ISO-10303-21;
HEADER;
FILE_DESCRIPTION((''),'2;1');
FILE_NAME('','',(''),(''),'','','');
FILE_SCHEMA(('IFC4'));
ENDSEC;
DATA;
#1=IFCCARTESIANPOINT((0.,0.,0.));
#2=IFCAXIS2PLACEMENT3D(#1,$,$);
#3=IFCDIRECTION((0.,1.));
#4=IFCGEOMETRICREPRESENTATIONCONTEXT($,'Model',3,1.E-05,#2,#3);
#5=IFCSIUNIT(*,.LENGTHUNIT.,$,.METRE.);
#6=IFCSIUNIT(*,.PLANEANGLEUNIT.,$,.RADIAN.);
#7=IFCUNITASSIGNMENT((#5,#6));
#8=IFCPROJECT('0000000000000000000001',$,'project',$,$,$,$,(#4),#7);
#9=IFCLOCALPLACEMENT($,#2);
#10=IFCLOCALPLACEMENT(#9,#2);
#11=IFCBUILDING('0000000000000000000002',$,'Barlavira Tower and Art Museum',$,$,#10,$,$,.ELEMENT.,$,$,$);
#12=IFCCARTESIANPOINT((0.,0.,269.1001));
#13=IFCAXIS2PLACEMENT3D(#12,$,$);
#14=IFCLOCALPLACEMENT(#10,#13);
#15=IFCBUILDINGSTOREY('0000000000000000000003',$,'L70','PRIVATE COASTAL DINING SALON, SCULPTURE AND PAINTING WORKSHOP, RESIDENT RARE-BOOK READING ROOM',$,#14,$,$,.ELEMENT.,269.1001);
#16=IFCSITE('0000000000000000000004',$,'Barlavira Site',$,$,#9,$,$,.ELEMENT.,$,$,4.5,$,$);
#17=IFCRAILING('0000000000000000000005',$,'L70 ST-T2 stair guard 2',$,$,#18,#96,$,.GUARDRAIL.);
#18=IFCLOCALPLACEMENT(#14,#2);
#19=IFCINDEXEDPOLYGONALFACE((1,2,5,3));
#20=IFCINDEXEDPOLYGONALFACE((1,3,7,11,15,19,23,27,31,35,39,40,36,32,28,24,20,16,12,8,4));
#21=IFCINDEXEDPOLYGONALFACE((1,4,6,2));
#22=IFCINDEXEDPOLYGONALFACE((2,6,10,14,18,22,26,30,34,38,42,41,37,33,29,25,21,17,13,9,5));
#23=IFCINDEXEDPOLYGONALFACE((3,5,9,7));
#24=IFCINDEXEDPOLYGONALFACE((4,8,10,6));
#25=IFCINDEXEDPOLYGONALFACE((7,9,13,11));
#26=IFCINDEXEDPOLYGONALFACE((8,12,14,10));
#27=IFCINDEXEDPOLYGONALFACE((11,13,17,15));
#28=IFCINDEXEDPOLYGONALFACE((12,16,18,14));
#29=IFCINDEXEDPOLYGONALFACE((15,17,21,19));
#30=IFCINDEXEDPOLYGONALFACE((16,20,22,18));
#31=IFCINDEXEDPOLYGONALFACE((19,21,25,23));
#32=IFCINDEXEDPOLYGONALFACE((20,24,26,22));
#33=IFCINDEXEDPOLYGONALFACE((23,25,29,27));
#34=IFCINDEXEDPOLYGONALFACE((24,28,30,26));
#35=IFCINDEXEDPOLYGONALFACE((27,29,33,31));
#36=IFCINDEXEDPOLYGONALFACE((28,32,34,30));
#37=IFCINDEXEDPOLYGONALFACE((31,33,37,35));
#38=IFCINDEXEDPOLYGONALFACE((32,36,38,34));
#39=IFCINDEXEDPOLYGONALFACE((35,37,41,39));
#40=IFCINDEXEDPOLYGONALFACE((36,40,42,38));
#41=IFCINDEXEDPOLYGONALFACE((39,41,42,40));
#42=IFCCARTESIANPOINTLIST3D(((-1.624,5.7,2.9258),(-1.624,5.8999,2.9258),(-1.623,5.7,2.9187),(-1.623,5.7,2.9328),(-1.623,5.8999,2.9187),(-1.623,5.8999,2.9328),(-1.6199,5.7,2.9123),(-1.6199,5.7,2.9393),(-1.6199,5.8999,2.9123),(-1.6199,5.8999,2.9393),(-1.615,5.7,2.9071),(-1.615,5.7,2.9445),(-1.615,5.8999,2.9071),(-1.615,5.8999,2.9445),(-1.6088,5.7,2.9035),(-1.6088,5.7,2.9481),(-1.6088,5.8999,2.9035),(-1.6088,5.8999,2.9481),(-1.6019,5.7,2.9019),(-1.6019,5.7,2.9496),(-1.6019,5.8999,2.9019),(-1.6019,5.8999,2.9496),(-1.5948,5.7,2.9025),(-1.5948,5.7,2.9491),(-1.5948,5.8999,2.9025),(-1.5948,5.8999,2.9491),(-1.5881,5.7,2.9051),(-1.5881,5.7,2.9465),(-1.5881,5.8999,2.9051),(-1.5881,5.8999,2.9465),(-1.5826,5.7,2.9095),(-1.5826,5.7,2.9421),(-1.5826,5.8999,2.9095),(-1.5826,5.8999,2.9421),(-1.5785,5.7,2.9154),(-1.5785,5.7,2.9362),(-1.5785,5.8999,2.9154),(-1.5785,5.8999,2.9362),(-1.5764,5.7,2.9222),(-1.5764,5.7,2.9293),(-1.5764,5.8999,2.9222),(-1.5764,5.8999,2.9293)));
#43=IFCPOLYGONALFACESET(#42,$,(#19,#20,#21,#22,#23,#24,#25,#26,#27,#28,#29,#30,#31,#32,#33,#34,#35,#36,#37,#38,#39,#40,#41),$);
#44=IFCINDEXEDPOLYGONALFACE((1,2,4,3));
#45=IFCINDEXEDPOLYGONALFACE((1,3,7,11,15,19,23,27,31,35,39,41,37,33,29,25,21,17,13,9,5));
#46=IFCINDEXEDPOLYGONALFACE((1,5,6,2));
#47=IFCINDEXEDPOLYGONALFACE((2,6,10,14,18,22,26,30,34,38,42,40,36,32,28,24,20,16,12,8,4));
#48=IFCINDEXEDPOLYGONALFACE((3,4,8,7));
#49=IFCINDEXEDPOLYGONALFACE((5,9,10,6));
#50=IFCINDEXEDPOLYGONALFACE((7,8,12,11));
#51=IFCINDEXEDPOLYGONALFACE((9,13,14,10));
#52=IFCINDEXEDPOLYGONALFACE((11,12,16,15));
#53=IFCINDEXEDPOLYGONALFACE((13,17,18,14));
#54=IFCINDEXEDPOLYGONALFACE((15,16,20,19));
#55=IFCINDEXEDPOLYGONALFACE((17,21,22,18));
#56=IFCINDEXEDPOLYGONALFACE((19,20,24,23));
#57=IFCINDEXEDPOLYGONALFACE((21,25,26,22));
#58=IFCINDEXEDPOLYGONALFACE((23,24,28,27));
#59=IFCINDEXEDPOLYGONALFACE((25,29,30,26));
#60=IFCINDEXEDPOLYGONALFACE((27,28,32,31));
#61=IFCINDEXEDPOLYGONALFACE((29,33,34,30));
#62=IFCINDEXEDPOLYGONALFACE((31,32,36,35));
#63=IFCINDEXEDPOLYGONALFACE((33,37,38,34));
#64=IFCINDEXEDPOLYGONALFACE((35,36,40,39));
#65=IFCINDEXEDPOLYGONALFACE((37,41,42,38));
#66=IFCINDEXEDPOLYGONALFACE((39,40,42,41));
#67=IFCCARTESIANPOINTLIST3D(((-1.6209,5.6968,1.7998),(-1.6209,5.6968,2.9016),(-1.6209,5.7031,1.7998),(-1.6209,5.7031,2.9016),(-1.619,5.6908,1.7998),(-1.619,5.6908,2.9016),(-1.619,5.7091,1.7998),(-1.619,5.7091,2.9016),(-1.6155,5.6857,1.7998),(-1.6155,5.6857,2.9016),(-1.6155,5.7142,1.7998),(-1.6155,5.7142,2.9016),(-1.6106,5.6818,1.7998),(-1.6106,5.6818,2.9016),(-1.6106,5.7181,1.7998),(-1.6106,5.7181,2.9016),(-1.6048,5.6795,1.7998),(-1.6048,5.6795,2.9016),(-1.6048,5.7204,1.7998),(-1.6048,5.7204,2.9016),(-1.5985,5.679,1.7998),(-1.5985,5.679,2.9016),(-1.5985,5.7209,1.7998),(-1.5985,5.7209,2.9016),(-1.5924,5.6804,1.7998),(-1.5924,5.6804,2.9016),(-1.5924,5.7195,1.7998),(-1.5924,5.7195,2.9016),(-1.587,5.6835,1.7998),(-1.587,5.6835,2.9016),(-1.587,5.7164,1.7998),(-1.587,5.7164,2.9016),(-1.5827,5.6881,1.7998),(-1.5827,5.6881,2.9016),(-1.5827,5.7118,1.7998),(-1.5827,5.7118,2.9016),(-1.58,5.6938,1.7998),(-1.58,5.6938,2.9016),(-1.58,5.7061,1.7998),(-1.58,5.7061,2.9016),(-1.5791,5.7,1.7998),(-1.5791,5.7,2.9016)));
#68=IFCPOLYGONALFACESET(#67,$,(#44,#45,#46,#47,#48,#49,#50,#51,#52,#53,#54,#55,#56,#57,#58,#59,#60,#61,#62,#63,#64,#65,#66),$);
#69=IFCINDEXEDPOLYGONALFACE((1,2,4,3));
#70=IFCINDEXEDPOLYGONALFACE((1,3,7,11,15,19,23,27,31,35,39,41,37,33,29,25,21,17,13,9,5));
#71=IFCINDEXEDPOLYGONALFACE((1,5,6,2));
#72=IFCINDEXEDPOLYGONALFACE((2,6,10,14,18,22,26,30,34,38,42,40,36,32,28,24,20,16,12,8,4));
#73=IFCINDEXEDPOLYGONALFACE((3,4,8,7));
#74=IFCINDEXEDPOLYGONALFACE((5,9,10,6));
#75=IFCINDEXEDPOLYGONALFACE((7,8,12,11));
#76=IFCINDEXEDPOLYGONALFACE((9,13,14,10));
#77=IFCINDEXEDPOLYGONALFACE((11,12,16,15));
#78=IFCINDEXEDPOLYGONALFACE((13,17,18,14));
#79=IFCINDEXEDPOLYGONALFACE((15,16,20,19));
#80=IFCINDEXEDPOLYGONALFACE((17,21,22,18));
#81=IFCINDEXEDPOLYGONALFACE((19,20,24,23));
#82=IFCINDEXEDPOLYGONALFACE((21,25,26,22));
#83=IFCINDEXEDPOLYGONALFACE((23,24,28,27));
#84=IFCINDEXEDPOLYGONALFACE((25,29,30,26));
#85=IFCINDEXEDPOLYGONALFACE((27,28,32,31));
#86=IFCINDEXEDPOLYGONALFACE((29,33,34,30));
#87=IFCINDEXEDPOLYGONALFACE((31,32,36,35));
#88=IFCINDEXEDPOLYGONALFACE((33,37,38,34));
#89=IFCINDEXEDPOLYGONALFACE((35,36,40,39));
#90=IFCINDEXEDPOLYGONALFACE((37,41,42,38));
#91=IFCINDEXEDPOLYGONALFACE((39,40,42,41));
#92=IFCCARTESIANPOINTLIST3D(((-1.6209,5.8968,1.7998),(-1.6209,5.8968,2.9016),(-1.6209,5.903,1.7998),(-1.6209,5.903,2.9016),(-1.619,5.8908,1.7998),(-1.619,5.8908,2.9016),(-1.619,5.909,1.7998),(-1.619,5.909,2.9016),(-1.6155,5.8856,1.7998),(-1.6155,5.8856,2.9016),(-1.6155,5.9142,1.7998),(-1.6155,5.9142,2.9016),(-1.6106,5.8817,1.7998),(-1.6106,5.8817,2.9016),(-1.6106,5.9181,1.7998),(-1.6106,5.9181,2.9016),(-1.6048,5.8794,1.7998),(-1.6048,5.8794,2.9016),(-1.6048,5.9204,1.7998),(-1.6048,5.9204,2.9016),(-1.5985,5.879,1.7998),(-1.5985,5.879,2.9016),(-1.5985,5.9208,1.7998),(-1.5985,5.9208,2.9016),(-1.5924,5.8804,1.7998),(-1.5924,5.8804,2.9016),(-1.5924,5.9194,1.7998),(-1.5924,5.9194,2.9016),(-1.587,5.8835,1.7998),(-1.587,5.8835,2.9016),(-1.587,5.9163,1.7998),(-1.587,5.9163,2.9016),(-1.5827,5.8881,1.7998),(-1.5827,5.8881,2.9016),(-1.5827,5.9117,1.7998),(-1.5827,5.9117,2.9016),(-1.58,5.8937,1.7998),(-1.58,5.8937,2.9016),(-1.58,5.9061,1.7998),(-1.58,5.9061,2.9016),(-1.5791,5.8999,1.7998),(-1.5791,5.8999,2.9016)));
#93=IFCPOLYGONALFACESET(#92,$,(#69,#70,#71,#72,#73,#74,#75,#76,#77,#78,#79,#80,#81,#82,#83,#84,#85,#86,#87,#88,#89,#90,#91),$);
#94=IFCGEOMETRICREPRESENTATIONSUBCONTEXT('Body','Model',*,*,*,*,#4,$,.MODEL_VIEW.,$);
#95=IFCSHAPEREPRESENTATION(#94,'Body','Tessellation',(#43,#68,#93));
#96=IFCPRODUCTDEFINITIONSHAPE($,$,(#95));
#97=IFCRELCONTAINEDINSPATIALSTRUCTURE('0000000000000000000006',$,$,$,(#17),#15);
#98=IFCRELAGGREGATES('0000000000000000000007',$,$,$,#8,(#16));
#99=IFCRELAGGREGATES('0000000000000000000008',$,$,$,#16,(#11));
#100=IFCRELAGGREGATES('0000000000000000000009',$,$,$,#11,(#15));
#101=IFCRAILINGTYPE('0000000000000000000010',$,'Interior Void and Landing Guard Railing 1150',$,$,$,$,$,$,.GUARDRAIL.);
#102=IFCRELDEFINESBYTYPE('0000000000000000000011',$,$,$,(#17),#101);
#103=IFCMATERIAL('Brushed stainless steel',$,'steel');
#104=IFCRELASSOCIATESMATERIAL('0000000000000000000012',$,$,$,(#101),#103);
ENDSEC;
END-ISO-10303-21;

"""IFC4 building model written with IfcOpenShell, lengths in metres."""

from ifc_helpers import new_model, si_unit, direction, frame, origin, origin_2d, place, context, subcontext, project, spatial, circle, extrude, material, type_object, element, save


model = new_model("IFC4")

# Units and contexts
model_context = context("Model", 3, precision=1e-05, world=origin(), true_north=direction((0.0, 1.0)))
body_context = subcontext(model_context, "Body", "Model", "MODEL_VIEW")
ifc_project = project(units=[si_unit("LENGTHUNIT", "METRE"), si_unit("PLANEANGLEUNIT", "RADIAN")], contexts=[model_context])

# Site, building, storey
site_placement = place(None, origin())
site = spatial("IfcSite", under=ifc_project, at=site_placement, Name="Barlavira Site", CompositionType="ELEMENT", RefElevation=4.5)
building_placement = place(site_placement, origin())
building = spatial("IfcBuilding", under=site, at=building_placement, Name="Barlavira Tower and Art Museum", CompositionType="ELEMENT")
storey_placement = place(building_placement, frame((0.0, 0.0, 269.1001)))
storey = spatial("IfcBuildingStorey", under=building, at=storey_placement, Name="L70", Description="PRIVATE COASTAL DINING SALON, SCULPTURE AND PAINTING WORKSHOP, RESIDENT RARE-BOOK READING ROOM", CompositionType="ELEMENT", Elevation=269.1001)

# Shared definitions
ifc_material_1 = material(Name="Brushed stainless steel", Category="steel")

# Railing
railing_type_1 = type_object("IfcRailingType", Name="Interior Void and Landing Guard Railing 1150", PredefinedType="GUARDRAIL", material=ifc_material_1)
railing_1_placement = place(storey_placement, frame((-1.6001, 5.7, 1.7998)))
element("IfcRailing", 1, at=railing_1_placement, inside=storey, type_object=railing_type_1, Name="L70 ST-T2 stair guard 2", PredefinedType="GUARDRAIL", context=body_context, shape_type="SweptSolid", body=[
    extrude(circle(Radius=0.0239, at=origin_2d()), frame((0.0, 0.0, 1.126), z_axis=(0.0, 1.0, 0.0), x_axis=(-1.0, 0.0, 0.0)), (0.0, 0.0, 1.0), 0.2),
    extrude(circle(Radius=0.021, at=origin_2d()), origin(), (0.0, 0.0, 1.0), 1.1018),
    extrude(circle(Radius=0.021, at=origin_2d()), frame((0.0, 0.2, 0.0)), (0.0, 0.0, 1.0), 1.1018),
])

save(model, "model.ifc")
